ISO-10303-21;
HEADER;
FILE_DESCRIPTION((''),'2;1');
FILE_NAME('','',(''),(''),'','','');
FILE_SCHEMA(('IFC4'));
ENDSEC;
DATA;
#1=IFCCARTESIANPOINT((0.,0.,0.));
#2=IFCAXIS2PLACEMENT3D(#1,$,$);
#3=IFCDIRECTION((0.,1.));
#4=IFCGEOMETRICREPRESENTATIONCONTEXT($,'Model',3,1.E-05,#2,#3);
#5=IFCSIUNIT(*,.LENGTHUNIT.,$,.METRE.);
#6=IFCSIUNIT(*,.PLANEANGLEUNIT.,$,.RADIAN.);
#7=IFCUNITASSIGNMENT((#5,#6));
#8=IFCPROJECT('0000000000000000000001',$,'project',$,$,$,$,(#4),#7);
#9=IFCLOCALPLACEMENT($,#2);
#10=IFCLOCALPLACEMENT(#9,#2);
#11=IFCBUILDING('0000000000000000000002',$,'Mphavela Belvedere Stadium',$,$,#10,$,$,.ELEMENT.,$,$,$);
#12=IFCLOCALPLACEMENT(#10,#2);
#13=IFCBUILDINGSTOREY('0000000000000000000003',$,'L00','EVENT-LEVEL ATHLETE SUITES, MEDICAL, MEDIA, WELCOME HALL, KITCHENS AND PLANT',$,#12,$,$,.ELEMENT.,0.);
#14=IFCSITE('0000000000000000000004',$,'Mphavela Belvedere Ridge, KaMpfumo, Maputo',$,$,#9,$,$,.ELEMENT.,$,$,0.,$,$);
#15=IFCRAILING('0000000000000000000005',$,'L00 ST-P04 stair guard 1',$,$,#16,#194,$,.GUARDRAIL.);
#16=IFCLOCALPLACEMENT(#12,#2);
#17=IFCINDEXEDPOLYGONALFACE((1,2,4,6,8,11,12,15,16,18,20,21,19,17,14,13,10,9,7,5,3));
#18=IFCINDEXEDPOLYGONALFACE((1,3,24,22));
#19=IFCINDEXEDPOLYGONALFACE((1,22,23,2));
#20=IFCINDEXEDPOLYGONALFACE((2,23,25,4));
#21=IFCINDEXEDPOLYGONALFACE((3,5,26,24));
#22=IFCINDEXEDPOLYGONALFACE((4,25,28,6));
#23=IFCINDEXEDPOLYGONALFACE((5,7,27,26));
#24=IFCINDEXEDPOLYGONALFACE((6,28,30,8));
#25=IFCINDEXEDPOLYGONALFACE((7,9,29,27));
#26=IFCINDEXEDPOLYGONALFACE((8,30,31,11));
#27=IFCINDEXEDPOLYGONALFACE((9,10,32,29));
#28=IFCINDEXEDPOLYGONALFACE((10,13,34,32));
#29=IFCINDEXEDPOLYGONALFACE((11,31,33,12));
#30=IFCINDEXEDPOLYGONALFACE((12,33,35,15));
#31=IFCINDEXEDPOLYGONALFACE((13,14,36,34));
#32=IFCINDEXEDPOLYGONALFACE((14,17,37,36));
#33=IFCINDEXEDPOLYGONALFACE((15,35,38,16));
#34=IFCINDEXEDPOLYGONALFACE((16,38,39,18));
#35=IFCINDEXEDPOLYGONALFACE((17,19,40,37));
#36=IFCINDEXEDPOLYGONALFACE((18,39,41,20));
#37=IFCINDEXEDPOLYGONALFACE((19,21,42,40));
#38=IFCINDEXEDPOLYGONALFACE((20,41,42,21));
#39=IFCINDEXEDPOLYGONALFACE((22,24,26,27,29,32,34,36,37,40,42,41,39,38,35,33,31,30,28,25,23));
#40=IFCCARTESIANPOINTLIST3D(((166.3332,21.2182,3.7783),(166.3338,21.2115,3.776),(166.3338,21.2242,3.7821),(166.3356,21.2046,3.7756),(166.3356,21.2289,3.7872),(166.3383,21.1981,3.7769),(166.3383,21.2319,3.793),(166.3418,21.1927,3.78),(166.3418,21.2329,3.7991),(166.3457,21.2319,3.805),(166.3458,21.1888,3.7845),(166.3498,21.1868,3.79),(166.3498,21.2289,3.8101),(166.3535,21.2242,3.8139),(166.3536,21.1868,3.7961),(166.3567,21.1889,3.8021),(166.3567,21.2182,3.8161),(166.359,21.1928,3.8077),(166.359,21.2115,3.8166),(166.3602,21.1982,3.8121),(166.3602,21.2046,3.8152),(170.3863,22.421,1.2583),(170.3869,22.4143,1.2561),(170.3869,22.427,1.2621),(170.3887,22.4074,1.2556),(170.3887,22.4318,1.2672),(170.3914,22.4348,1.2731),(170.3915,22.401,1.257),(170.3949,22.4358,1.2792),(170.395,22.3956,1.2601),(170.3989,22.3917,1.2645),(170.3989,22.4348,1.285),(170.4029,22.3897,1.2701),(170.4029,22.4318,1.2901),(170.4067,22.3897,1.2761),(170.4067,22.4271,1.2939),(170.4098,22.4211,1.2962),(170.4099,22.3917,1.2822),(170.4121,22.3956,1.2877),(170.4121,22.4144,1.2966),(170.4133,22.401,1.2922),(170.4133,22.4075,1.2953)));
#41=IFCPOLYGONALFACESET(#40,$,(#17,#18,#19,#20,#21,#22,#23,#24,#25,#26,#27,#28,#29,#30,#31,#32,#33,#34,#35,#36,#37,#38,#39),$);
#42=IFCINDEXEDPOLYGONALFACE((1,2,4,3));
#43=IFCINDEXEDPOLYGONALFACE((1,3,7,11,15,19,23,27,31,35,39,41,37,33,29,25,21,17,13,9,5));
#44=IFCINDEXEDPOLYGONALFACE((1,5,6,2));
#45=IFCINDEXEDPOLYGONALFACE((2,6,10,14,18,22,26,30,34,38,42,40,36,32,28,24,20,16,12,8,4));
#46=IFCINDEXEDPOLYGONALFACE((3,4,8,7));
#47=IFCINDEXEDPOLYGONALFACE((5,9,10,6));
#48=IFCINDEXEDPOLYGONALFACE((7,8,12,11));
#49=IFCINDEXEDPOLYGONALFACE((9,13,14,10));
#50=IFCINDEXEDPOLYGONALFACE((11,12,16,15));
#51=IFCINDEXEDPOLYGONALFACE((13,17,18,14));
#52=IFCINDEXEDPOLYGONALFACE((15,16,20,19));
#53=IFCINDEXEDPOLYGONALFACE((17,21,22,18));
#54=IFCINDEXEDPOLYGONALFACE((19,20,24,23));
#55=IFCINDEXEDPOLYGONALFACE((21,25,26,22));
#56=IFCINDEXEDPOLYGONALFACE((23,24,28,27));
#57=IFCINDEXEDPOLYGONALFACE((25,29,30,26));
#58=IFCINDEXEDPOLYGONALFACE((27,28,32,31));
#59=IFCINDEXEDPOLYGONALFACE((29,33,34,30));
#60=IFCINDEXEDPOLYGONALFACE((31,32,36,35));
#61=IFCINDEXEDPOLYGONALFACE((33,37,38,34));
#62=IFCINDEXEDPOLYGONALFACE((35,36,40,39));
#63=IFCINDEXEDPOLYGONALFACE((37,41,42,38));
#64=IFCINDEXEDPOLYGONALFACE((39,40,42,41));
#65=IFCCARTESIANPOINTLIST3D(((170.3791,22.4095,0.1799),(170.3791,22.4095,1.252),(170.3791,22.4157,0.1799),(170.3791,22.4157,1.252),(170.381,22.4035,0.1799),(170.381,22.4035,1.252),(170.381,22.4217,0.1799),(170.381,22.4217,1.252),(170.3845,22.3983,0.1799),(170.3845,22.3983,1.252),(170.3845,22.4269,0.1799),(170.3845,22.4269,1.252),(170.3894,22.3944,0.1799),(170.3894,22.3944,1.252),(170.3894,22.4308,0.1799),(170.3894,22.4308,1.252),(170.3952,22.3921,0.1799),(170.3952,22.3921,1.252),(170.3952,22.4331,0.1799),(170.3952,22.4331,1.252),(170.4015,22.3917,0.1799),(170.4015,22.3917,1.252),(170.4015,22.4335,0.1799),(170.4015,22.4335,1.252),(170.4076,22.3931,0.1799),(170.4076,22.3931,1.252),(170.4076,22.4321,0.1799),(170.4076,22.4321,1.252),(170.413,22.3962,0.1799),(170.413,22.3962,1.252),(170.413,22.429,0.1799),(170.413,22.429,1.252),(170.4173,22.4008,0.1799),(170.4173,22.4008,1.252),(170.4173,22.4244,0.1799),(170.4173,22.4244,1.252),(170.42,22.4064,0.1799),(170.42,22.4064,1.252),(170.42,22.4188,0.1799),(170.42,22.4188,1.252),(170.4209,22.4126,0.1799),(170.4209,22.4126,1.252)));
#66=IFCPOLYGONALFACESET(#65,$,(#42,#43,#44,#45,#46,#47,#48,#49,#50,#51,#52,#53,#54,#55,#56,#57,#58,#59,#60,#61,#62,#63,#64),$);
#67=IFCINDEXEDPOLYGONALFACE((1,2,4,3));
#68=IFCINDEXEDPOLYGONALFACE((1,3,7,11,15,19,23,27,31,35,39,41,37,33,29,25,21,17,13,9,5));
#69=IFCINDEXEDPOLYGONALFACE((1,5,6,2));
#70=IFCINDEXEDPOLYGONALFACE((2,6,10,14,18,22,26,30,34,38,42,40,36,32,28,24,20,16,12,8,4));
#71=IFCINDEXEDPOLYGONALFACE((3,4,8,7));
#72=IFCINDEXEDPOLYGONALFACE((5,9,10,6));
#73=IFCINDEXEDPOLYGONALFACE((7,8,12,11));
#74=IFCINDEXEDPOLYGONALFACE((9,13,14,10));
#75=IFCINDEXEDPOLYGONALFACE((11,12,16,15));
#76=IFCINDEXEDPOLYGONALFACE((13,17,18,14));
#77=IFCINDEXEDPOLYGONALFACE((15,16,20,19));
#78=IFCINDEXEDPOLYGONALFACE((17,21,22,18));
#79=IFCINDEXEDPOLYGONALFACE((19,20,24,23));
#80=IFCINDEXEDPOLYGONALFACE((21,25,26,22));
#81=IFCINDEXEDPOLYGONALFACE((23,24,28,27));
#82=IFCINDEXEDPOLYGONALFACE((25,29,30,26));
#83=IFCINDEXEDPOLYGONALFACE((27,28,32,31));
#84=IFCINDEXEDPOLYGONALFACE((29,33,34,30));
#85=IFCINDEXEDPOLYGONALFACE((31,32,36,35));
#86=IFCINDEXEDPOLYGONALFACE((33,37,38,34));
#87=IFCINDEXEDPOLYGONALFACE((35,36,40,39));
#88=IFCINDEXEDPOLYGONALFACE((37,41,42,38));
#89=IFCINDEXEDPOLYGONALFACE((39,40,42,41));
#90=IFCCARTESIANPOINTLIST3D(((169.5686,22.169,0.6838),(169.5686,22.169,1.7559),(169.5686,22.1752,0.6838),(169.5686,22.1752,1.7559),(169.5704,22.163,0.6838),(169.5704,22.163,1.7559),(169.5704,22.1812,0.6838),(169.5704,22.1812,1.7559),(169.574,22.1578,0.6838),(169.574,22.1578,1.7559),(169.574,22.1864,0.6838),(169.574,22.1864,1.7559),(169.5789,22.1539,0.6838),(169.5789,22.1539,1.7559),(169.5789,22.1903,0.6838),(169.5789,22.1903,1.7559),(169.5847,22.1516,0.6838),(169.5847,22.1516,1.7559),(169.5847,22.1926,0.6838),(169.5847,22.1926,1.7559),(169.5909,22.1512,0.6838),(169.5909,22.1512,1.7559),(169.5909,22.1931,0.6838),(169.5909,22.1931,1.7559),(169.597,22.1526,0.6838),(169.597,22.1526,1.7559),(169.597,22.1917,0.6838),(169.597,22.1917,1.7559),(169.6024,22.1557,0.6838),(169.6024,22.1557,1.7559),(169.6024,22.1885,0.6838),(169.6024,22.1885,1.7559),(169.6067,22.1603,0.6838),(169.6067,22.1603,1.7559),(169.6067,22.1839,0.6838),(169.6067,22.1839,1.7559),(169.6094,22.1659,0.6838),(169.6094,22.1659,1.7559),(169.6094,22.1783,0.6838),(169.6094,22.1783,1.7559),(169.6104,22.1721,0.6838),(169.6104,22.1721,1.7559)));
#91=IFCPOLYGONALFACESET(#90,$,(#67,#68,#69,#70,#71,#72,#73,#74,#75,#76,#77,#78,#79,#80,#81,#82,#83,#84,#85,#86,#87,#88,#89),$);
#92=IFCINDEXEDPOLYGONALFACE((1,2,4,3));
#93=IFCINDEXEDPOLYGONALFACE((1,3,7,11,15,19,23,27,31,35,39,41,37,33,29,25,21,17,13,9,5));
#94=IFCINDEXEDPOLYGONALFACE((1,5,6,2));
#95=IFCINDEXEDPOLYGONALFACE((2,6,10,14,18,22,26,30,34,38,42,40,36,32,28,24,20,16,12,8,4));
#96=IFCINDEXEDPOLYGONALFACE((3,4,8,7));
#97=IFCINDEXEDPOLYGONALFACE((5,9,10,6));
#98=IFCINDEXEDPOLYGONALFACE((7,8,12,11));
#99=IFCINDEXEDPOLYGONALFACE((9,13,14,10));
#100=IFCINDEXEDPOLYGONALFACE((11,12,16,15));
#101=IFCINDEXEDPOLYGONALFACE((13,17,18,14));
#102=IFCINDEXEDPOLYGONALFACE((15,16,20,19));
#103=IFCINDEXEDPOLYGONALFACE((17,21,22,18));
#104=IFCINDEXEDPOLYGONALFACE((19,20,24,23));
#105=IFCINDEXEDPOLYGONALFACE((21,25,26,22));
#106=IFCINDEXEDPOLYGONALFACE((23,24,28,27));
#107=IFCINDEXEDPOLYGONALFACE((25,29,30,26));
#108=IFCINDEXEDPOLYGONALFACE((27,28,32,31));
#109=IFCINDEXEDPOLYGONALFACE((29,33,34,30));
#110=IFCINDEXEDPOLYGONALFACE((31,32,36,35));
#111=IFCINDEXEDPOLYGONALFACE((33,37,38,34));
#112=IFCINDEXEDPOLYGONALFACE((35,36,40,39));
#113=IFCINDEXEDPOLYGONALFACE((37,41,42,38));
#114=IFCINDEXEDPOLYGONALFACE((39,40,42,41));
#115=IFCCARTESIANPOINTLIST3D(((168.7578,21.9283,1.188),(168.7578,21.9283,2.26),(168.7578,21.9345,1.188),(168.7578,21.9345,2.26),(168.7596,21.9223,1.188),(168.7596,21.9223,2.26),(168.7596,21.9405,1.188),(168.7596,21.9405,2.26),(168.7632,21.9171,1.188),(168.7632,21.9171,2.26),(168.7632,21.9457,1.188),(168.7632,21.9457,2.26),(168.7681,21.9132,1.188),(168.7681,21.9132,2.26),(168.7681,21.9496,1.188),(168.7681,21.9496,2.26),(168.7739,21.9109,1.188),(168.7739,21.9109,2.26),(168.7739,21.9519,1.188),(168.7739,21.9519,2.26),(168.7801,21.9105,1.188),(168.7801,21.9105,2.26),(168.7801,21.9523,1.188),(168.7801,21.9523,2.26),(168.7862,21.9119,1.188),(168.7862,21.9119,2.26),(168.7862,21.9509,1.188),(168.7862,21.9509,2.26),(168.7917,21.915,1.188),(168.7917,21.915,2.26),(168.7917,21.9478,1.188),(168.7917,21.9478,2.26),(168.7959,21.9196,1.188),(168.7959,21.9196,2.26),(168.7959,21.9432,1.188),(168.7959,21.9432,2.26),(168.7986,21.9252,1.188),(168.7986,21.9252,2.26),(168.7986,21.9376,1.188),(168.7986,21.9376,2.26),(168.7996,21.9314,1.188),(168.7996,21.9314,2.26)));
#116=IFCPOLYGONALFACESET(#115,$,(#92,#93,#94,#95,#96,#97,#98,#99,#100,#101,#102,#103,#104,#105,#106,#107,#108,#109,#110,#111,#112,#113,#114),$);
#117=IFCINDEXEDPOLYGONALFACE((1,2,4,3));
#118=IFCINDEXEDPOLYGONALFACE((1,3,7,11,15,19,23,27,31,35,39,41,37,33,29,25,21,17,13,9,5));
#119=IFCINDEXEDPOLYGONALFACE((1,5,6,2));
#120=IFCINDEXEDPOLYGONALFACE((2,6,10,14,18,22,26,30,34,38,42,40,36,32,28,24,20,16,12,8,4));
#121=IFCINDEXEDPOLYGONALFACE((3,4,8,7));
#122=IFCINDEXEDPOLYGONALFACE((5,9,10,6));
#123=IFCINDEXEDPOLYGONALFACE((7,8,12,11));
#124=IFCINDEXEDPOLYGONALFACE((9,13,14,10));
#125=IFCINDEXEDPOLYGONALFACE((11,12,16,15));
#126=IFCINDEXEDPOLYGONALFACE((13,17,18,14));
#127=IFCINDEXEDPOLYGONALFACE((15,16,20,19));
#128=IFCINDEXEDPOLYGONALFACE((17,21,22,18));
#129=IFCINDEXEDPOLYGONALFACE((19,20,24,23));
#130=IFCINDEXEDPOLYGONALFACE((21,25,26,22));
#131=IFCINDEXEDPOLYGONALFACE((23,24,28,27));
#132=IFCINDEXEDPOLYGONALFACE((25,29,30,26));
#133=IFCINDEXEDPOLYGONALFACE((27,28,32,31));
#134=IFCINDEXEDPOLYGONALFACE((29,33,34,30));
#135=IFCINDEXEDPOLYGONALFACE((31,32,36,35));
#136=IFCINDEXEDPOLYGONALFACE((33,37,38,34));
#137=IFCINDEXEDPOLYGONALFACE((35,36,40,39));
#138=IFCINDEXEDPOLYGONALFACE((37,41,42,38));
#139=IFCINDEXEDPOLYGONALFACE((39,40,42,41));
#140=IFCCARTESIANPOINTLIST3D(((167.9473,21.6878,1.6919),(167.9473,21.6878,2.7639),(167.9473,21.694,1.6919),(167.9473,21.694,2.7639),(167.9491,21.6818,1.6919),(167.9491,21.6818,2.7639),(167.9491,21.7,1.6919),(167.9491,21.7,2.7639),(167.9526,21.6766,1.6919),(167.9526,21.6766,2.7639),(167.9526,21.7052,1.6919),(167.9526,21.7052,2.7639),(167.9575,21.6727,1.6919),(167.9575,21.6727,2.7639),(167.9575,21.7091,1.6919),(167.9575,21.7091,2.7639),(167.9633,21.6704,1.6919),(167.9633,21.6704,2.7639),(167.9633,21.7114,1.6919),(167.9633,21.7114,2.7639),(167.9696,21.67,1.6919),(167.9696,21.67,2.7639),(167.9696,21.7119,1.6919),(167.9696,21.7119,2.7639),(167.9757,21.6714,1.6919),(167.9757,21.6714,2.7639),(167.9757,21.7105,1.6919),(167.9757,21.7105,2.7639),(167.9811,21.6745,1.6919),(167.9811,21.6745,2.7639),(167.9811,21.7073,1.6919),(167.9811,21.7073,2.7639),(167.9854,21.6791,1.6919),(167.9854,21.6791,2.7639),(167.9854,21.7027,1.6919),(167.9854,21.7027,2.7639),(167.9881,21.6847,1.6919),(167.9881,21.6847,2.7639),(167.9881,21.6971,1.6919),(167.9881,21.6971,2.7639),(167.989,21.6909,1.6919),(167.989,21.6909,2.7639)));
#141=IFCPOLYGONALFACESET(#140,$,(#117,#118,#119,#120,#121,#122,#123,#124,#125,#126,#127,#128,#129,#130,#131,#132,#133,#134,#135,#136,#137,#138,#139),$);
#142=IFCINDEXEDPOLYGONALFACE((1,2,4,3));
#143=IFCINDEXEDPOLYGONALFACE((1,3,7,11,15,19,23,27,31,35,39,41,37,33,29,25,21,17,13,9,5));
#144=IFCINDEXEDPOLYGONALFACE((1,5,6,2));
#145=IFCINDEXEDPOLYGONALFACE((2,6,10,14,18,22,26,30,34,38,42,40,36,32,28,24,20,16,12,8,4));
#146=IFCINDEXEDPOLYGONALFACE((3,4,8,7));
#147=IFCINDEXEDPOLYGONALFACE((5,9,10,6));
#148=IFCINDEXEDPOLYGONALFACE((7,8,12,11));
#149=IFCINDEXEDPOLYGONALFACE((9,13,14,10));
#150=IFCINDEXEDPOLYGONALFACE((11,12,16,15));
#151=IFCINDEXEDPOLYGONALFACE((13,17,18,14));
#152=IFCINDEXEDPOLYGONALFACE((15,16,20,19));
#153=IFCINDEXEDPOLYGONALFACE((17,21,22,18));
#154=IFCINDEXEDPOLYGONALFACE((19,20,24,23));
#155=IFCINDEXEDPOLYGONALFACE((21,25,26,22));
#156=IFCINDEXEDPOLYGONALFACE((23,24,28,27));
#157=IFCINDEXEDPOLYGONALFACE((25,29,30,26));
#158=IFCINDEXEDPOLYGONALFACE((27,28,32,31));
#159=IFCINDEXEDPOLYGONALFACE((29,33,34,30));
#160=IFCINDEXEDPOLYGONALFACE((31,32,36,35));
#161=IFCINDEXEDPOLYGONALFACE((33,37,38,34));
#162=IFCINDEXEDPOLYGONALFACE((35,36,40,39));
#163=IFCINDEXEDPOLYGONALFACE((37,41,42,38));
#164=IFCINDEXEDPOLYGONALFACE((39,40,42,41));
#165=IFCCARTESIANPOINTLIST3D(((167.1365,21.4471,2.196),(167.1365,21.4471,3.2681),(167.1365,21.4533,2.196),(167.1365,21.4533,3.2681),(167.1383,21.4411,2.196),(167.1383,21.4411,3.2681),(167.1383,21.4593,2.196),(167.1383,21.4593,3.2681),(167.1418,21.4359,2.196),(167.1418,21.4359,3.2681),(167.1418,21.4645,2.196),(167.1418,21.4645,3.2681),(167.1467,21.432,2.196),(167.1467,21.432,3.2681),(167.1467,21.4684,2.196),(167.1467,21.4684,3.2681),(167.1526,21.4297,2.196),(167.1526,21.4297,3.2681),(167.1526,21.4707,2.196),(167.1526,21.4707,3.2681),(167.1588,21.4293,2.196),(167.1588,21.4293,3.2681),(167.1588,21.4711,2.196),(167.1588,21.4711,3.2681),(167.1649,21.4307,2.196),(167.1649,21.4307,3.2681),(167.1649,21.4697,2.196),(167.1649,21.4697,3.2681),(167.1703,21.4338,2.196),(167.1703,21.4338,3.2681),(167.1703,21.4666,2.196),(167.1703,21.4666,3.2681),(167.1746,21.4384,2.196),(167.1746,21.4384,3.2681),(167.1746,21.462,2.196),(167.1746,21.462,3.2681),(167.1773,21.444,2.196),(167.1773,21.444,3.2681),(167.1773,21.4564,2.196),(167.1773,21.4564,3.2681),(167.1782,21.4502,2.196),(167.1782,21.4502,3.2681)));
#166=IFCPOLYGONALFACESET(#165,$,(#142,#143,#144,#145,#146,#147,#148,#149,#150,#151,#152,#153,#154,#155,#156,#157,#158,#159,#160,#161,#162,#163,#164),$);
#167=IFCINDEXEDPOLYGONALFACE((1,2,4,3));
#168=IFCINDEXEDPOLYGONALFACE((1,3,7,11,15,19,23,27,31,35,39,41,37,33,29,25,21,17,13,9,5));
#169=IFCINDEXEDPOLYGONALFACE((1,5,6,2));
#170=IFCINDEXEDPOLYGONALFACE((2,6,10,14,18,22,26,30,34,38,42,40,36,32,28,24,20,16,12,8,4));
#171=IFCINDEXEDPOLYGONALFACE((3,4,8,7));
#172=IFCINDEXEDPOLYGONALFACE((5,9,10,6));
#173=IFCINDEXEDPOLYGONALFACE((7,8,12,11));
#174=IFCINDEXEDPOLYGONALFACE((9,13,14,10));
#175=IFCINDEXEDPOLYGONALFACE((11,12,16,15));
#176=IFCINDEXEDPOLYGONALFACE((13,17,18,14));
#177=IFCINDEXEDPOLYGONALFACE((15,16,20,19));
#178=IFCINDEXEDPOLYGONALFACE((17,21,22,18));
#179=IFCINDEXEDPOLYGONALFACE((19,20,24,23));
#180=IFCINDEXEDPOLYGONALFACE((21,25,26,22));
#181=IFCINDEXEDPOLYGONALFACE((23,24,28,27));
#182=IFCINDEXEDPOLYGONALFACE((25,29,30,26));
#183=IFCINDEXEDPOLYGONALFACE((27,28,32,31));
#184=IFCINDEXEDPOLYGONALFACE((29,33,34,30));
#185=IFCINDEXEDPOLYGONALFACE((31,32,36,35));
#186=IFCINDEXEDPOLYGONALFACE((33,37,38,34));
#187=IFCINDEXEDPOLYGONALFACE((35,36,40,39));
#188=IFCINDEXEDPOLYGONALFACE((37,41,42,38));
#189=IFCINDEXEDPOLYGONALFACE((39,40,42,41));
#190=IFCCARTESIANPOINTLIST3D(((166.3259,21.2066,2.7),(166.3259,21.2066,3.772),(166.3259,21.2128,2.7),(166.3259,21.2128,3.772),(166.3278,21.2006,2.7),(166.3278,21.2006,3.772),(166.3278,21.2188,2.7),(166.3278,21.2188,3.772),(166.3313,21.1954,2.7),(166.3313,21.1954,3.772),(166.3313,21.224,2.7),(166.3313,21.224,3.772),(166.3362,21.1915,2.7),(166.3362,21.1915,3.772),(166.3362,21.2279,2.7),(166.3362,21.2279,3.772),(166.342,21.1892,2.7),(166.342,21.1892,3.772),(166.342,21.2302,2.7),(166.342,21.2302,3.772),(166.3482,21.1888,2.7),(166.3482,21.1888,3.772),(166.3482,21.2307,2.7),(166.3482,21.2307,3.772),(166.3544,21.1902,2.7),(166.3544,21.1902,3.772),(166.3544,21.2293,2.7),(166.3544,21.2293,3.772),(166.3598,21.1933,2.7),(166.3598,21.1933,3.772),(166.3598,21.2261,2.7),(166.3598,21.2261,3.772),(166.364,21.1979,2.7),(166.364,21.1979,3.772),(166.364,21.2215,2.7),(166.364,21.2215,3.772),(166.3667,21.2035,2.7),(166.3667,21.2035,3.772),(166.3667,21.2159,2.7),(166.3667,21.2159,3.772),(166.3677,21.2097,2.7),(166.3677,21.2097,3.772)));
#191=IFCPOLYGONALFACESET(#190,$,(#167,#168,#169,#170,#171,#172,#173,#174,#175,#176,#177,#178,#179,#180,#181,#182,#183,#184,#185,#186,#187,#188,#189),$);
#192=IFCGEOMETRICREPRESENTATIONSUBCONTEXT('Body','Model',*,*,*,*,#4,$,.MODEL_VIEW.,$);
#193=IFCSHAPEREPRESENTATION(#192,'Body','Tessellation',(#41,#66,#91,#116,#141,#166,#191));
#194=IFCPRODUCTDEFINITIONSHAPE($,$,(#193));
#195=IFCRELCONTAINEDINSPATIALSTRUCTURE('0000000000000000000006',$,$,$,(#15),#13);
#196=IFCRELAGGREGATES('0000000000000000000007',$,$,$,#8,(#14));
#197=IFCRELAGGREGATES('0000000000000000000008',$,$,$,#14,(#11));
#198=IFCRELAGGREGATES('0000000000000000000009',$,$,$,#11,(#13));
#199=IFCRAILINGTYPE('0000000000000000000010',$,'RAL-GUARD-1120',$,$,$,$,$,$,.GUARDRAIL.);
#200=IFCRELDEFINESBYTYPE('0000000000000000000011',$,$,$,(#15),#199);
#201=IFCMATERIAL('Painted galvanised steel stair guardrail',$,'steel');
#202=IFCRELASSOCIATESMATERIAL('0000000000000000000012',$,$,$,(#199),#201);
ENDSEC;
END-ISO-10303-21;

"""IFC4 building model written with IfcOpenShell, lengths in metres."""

from ifc_helpers import new_model, si_unit, direction, frame, origin, origin_2d, place, context, subcontext, project, spatial, circle, extrude, material, type_object, element, save


model = new_model("IFC4")

# Units and contexts
model_context = context("Model", 3, precision=1e-05, world=origin(), true_north=direction((0.0, 1.0)))
body_context = subcontext(model_context, "Body", "Model", "MODEL_VIEW")
ifc_project = project(units=[si_unit("LENGTHUNIT", "METRE"), si_unit("PLANEANGLEUNIT", "RADIAN")], contexts=[model_context])

# Site, building, storey
site_placement = place(None, origin())
site = spatial("IfcSite", under=ifc_project, at=site_placement, Name="Mphavela Belvedere Ridge, KaMpfumo, Maputo", CompositionType="ELEMENT", RefElevation=0.0)
building_placement = place(site_placement, origin())
building = spatial("IfcBuilding", under=site, at=building_placement, Name="Mphavela Belvedere Stadium", CompositionType="ELEMENT")
storey_placement = place(building_placement, origin())
storey = spatial("IfcBuildingStorey", under=building, at=storey_placement, Name="L00", Description="EVENT-LEVEL ATHLETE SUITES, MEDICAL, MEDIA, WELCOME HALL, KITCHENS AND PLANT", CompositionType="ELEMENT", Elevation=0.0)

# Railing
ifc_material_1 = material(Name="Painted galvanised steel stair guardrail", Category="steel")
railing_type = type_object("IfcRailingType", Name="RAL-GUARD-1120", PredefinedType="GUARDRAIL", material=ifc_material_1)
railing_1_placement = place(storey_placement, frame((170.3999, 22.4126, 0.1799)))
element("IfcRailing", 1, at=railing_1_placement, inside=storey, type_object=railing_type, Name="L00 ST-P04 stair guard 1", PredefinedType="GUARDRAIL", context=body_context, shape_type="SweptSolid", body=[
    extrude(circle(Radius=0.0239, at=origin_2d()), frame((0.0, 0.0, 1.0962), z_axis=(-0.823492, -0.244389, 0.511991), x_axis=(0.284507, -0.958674, 0.0)), (0.0, 0.0, 1.0), 4.9219),
    extrude(circle(Radius=0.021, at=origin_2d()), origin(), (0.0, 0.0, 1.0), 1.072),
    extrude(circle(Radius=0.021, at=origin_2d()), frame((-0.8105, -0.2405, 0.5039)), (0.0, 0.0, 1.0), 1.072),
    extrude(circle(Radius=0.021, at=origin_2d()), frame((-1.6213, -0.4812, 1.0081)), (0.0, 0.0, 1.0), 1.072),
    extrude(circle(Radius=0.021, at=origin_2d()), frame((-2.4319, -0.7217, 1.512)), (0.0, 0.0, 1.0), 1.072),
    extrude(circle(Radius=0.021, at=origin_2d()), frame((-3.2427, -0.9624, 2.0161)), (0.0, 0.0, 1.0), 1.072),
    extrude(circle(Radius=0.021, at=origin_2d()), frame((-4.0532, -1.2029, 2.52)), (0.0, 0.0, 1.0), 1.072),
])

save(model, "model.ifc")
